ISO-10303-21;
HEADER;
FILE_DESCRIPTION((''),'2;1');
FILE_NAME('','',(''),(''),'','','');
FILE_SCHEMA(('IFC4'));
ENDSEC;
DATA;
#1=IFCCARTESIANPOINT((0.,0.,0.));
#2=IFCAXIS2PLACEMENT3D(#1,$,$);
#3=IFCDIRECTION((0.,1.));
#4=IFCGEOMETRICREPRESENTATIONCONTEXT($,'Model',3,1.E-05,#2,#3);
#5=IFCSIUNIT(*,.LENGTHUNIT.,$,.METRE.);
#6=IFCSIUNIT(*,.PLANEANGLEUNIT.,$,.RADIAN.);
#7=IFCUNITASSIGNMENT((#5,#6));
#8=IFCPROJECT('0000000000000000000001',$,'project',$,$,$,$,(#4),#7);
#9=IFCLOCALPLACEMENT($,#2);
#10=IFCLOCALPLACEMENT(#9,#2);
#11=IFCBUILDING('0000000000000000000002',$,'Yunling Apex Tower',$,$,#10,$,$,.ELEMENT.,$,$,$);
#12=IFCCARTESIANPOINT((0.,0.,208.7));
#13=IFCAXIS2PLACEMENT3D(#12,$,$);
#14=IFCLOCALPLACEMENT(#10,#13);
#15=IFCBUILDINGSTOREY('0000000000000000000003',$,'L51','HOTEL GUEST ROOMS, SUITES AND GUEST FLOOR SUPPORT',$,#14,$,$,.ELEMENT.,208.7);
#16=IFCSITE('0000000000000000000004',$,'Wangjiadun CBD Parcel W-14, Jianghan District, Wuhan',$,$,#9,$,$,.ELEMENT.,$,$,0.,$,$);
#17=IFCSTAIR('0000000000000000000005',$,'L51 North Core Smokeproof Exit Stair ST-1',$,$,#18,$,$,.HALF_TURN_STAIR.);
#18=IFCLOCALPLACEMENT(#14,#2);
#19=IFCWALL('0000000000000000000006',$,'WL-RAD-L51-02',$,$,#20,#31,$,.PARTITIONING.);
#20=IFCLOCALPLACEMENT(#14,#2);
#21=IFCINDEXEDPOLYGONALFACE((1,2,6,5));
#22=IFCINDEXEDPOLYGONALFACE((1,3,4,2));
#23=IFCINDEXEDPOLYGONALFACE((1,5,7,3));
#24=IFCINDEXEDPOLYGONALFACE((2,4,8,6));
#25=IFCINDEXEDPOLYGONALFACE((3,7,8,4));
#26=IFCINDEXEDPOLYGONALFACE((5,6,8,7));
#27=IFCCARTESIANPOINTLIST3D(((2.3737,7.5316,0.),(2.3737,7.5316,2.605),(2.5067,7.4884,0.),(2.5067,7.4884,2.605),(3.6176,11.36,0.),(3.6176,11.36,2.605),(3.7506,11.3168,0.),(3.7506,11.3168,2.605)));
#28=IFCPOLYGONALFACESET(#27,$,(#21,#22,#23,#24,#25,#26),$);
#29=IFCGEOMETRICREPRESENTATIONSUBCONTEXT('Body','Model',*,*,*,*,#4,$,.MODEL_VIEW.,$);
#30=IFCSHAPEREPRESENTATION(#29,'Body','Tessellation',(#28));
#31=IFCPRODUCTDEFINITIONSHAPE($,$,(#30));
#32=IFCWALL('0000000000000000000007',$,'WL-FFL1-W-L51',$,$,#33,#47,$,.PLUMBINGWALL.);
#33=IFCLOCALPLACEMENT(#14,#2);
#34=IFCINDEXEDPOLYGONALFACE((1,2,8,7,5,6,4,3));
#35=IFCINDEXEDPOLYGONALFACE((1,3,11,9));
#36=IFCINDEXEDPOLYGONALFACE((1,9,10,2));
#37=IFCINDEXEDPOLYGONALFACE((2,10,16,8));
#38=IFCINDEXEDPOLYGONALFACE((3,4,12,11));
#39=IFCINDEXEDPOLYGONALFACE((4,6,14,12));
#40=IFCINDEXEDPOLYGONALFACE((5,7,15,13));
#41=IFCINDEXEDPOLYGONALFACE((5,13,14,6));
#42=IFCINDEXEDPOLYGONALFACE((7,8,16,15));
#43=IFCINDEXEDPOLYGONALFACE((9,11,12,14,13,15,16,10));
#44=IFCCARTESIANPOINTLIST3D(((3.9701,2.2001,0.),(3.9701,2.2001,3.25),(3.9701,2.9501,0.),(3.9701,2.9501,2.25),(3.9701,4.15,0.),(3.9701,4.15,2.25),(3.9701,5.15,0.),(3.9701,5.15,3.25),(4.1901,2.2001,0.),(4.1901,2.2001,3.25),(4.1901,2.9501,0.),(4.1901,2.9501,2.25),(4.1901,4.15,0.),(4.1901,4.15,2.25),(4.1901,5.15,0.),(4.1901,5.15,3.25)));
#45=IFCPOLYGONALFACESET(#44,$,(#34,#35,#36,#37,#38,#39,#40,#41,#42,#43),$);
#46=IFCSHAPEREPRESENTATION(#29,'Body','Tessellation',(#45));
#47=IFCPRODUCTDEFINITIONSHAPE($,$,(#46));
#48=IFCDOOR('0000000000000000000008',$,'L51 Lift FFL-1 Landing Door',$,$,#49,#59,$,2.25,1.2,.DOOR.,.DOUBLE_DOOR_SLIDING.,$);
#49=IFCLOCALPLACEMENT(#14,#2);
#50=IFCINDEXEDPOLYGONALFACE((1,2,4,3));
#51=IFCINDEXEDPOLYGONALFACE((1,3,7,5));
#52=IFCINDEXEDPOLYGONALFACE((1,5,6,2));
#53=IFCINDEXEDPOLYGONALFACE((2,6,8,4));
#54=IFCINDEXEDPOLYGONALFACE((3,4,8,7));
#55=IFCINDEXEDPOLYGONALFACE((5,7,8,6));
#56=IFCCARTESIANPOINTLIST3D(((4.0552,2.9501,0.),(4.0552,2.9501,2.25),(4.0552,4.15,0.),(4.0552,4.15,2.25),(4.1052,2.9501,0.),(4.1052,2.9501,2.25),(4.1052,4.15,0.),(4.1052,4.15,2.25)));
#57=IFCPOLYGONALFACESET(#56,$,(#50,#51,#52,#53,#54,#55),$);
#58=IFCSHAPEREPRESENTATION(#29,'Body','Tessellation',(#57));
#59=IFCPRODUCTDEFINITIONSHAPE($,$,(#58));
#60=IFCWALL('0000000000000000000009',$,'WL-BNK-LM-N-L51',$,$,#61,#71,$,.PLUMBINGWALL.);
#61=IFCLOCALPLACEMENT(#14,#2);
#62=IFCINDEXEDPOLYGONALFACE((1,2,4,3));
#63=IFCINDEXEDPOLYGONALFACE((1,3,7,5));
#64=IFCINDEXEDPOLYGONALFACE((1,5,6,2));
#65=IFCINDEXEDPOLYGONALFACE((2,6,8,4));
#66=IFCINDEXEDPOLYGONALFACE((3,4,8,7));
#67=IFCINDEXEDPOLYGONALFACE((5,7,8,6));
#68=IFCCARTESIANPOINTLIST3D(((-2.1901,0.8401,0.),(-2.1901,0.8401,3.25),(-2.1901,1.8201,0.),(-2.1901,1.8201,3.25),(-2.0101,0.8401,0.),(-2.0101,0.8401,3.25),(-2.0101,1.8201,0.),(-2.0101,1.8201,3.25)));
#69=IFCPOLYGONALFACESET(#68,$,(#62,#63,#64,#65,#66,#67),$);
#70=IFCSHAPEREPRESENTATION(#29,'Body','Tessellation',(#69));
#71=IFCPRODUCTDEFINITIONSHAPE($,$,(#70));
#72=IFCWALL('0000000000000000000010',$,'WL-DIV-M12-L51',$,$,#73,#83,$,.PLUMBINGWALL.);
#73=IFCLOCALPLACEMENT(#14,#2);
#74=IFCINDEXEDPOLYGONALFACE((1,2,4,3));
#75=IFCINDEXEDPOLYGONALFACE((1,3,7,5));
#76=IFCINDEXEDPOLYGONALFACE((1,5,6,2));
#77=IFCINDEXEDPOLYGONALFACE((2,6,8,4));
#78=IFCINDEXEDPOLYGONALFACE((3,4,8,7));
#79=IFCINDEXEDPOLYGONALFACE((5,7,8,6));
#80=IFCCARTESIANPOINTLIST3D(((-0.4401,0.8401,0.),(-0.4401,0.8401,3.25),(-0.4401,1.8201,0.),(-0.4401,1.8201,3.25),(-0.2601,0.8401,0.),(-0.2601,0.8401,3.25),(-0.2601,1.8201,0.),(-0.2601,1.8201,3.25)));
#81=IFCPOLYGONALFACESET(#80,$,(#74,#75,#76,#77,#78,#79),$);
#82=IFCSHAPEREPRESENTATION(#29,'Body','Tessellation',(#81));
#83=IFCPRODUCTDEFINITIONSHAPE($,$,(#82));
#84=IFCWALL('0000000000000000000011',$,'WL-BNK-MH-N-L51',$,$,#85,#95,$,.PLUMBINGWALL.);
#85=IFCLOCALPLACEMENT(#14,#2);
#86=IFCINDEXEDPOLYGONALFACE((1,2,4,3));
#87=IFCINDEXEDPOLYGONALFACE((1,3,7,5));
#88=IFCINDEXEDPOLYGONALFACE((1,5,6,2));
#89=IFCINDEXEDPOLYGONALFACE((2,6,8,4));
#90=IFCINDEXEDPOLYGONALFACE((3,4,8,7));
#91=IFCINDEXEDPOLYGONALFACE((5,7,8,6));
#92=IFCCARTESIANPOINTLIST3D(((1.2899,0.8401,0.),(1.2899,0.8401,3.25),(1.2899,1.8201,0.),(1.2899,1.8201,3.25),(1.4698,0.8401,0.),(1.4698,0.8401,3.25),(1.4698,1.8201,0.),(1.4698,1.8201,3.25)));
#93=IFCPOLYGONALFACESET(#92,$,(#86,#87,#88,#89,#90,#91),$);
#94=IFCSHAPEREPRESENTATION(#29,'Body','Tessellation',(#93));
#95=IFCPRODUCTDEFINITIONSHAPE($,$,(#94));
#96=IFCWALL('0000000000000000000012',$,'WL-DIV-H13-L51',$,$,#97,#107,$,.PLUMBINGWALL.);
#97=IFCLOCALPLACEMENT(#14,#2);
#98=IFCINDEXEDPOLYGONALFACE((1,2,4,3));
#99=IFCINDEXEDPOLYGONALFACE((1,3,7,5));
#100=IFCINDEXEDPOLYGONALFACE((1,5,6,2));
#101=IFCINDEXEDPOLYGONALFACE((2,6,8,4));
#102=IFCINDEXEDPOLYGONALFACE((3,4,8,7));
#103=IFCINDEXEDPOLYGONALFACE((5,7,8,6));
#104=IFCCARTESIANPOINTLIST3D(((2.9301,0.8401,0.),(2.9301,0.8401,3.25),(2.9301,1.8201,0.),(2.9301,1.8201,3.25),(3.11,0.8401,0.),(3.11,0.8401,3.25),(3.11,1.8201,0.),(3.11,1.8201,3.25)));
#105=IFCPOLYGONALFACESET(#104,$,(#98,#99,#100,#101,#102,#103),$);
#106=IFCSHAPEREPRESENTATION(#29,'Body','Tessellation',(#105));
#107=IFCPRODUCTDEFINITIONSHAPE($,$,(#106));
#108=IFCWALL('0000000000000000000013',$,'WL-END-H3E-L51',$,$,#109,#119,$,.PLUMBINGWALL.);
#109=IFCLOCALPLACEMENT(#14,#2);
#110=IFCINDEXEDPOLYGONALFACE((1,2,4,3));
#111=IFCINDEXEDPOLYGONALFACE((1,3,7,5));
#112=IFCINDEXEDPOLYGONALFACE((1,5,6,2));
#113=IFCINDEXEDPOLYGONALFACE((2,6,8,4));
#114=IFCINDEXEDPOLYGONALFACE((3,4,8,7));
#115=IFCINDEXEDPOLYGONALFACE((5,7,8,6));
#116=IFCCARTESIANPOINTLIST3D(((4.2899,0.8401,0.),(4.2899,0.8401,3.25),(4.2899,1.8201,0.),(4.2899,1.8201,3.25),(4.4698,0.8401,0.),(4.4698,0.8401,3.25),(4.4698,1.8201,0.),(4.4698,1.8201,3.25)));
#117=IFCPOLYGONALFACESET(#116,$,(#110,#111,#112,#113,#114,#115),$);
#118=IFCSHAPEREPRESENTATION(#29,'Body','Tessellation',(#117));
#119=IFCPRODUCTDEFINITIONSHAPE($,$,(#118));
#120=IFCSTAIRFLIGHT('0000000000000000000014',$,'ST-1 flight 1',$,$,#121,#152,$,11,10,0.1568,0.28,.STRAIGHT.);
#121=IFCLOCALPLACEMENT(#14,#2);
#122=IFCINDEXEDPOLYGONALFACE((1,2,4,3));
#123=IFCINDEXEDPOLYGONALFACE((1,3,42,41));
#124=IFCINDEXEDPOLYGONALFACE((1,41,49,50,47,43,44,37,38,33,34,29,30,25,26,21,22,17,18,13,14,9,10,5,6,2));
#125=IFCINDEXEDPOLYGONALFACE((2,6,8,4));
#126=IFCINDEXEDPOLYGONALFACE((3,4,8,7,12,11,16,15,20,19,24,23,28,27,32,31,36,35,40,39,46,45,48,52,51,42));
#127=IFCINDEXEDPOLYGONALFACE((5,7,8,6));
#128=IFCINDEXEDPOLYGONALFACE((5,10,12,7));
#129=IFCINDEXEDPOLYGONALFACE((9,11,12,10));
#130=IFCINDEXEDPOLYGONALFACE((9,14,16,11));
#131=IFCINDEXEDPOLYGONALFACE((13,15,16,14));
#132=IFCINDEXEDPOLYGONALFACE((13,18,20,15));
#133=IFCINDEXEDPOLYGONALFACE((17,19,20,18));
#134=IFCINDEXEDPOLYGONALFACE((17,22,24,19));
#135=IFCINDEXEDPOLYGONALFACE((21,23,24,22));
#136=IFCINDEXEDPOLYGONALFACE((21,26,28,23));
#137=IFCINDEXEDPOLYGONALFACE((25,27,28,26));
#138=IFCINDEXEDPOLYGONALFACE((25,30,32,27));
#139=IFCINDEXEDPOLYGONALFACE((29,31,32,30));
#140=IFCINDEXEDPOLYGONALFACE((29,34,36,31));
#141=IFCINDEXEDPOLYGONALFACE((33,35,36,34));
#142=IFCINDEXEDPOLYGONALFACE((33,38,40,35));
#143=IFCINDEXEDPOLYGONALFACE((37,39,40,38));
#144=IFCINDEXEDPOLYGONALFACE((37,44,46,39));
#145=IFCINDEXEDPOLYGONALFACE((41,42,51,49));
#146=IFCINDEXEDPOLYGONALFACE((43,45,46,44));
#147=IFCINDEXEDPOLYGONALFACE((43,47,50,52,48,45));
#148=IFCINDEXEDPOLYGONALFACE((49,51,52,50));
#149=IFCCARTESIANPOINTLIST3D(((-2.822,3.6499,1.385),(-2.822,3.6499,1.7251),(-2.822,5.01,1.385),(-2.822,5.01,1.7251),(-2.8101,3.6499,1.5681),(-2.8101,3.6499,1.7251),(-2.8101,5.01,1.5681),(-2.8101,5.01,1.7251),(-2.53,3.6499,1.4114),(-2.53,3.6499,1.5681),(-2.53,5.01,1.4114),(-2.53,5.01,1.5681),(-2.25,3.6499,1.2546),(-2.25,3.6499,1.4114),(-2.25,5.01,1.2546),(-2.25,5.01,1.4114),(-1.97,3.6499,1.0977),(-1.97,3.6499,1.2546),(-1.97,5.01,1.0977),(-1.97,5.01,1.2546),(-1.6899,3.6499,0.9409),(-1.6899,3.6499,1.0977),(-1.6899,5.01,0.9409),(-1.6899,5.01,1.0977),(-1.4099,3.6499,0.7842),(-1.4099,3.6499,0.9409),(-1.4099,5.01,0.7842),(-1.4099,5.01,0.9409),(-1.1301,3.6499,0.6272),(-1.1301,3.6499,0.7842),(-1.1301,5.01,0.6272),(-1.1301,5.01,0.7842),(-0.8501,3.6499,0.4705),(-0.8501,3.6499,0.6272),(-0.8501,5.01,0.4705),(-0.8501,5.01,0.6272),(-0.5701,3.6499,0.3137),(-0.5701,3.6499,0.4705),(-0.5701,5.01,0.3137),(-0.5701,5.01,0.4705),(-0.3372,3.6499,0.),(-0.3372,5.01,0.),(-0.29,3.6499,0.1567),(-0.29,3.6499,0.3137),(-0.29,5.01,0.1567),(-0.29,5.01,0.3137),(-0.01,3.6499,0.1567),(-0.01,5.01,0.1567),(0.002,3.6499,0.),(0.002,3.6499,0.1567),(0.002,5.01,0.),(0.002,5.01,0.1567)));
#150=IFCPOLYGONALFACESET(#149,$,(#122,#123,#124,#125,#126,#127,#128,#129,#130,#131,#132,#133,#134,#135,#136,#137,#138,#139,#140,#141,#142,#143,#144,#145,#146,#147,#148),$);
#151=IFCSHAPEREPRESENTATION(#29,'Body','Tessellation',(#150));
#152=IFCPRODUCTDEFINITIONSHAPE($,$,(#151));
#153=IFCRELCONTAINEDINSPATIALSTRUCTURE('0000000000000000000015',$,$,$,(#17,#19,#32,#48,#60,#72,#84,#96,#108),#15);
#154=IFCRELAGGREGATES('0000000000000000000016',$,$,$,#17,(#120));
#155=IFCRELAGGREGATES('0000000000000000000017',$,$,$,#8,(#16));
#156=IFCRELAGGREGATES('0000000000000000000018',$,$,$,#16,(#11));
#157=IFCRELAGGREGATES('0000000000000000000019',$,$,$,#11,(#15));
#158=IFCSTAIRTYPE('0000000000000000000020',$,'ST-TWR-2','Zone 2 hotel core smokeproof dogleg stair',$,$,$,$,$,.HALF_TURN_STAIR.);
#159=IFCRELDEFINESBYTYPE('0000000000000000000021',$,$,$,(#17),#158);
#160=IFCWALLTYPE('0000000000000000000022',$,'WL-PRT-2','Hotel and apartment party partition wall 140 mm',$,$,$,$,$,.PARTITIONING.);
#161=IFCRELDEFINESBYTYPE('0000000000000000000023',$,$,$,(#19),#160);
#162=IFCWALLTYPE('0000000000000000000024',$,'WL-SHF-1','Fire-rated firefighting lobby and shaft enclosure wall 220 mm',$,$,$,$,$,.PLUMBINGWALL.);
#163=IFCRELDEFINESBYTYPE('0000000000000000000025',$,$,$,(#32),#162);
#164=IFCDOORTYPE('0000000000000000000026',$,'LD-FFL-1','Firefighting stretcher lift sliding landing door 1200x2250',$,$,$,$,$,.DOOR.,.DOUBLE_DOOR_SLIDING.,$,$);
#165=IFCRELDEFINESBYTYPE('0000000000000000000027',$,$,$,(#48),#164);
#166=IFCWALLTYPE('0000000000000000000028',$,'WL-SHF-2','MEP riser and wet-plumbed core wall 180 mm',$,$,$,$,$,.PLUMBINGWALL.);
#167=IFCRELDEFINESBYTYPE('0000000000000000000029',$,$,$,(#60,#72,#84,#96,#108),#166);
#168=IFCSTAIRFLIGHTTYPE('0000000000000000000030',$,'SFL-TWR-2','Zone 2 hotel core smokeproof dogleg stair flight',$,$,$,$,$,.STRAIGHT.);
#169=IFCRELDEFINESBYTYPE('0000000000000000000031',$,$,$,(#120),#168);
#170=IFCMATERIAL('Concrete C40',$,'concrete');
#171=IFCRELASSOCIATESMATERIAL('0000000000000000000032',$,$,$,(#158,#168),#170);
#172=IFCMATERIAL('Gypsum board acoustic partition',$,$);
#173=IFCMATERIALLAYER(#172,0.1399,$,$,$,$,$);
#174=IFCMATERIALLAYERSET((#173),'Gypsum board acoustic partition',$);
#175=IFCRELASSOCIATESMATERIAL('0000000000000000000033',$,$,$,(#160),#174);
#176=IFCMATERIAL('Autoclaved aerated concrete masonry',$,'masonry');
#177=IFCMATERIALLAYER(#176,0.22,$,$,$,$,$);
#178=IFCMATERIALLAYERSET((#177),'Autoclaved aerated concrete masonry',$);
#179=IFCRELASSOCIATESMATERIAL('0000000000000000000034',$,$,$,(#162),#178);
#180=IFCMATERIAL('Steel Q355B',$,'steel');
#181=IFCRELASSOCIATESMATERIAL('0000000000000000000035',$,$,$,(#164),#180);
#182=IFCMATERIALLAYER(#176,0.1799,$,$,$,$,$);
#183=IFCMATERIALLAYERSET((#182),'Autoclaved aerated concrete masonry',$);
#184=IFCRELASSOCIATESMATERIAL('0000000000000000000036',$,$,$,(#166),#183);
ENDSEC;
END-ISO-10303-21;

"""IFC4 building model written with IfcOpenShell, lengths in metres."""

from ifc_helpers import new_model, si_unit, direction, frame, frame_2d, origin, place, context, subcontext, project, spatial, polyline, rectangle, outline, extrude, material, layer, layer_set, type_object, element, fill, aggregate, save


model = new_model("IFC4")

# Units and contexts
model_context = context("Model", 3, precision=1e-05, world=origin(), true_north=direction((0.0, 1.0)))
body_context = subcontext(model_context, "Body", "Model", "MODEL_VIEW")
ifc_project = project(units=[si_unit("LENGTHUNIT", "METRE"), si_unit("PLANEANGLEUNIT", "RADIAN")], contexts=[model_context])

# Site, building, storey
site_placement = place(None, origin())
site = spatial("IfcSite", under=ifc_project, at=site_placement, Name="Wangjiadun CBD Parcel W-14, Jianghan District, Wuhan", CompositionType="ELEMENT", RefElevation=0.0)
building_placement = place(site_placement, origin())
building = spatial("IfcBuilding", under=site, at=building_placement, Name="Yunling Apex Tower", CompositionType="ELEMENT")
storey_placement = place(building_placement, frame((0.0, 0.0, 208.7)))
storey = spatial("IfcBuildingStorey", under=building, at=storey_placement, Name="L51", Description="HOTEL GUEST ROOMS, SUITES AND GUEST FLOOR SUPPORT", CompositionType="ELEMENT", Elevation=208.7)

# Shared definitions
ifc_material_1 = material(Name="Steel Q355B", Category="steel")

# Shared definitions
ifc_material_2 = material(Name="Concrete C40", Category="concrete")

# Stair
stair_type = type_object("IfcStairType", Name="ST-TWR-2", Description="Zone 2 hotel core smokeproof dogleg stair", PredefinedType="HALF_TURN_STAIR", material=ifc_material_2)
stair_1_placement = place(storey_placement, origin())
stair_1 = element("IfcStair", 1, at=stair_1_placement, inside=storey, type_object=stair_type, Name="L51 North Core Smokeproof Exit Stair ST-1", PredefinedType="HALF_TURN_STAIR")

# Wall
ifc_material_3 = material(Name="Gypsum board acoustic partition")
ifc_layer_1 = layer(ifc_material_3, 0.1399)
ifc_layer_set_1 = layer_set([ifc_layer_1], Name="Gypsum board acoustic partition")
wall_type_1 = type_object("IfcWallType", Name="WL-PRT-2", Description="Hotel and apartment party partition wall 140 mm", PredefinedType="PARTITIONING", material=ifc_layer_set_1)
wall_1_placement = place(storey_placement, frame((2.4402, 7.51, 0.0), z_axis=(0.0, 0.0, 1.0), x_axis=(0.309013, 0.951058, 0.0)))
element("IfcWall", 2, at=wall_1_placement, inside=storey, type_object=wall_type_1, Name="WL-RAD-L51-02", PredefinedType="PARTITIONING", context=body_context, shape_type="SweptSolid", body=[
    extrude(rectangle(XDim=4.0254, YDim=0.1399, at=frame_2d((2.0127, 0.0))), origin(), (0.0, 0.0, 1.0), 2.605),
])

# Wall, opening, door
ifc_material_4 = material(Name="Autoclaved aerated concrete masonry", Category="masonry")
ifc_layer_2 = layer(ifc_material_4, 0.22)
ifc_layer_set_2 = layer_set([ifc_layer_2], Name="Autoclaved aerated concrete masonry")
wall_type_2 = type_object("IfcWallType", Name="WL-SHF-1", Description="Fire-rated firefighting lobby and shaft enclosure wall 220 mm", PredefinedType="PLUMBINGWALL", material=ifc_layer_set_2)
wall_2_placement = place(storey_placement, frame((4.0801, 2.2, 0.0), z_axis=(0.0, 0.0, 1.0), x_axis=(0.0, 1.0, 0.0)))
wall_2 = element("IfcWall", 3, at=wall_2_placement, inside=storey, type_object=wall_type_2, Name="WL-FFL1-W-L51", PredefinedType="PLUMBINGWALL", context=body_context, shape_type="SweptSolid", body=[
    extrude(rectangle(XDim=2.95, YDim=0.22, at=frame_2d((1.4751, 0.0))), origin(), (0.0, 0.0, 1.0), 3.25),
])
opening_1_placement = place(wall_2_placement, frame((0.75, 0.0, 0.0)))
opening_1 = element("IfcOpeningElement", 4, at=opening_1_placement, cuts=wall_2, PredefinedType="OPENING", context=body_context, shape_type="SweptSolid", body=[
    extrude(rectangle(XDim=1.2, YDim=2.25, at=frame_2d((0.6001, 1.125))), frame((0.0, 0.1201, 0.0), z_axis=(0.0, -1.0, 0.0), x_axis=(1.0, 0.0, 0.0)), (0.0, 0.0, 1.0), 0.24),
])
door_type_1 = type_object("IfcDoorType", Name="LD-FFL-1", Description="Firefighting stretcher lift sliding landing door 1200x2250", OperationType="DOUBLE_DOOR_SLIDING", PredefinedType="DOOR", material=ifc_material_1)
door_1_placement = place(opening_1_placement, origin())
door_1 = element("IfcDoor", 5, at=door_1_placement, inside=storey, type_object=door_type_1, Name="L51 Lift FFL-1 Landing Door", OperationType="DOUBLE_DOOR_SLIDING", OverallHeight=2.25, OverallWidth=1.2, PredefinedType="DOOR", context=body_context, shape_type="SweptSolid", body=[
    extrude(rectangle(XDim=1.2, YDim=2.25, at=frame_2d((0.6001, 1.125))), frame((0.0, 0.0249, 0.0), z_axis=(0.0, -1.0, 0.0), x_axis=(1.0, 0.0, 0.0)), (0.0, 0.0, 1.0), 0.05),
])
fill(opening_1, door_1)

# Walls
ifc_layer_3 = layer(ifc_material_4, 0.1799)
ifc_layer_set_3 = layer_set([ifc_layer_3], Name="Autoclaved aerated concrete masonry")
wall_type_3 = type_object("IfcWallType", Name="WL-SHF-2", Description="MEP riser and wet-plumbed core wall 180 mm", PredefinedType="PLUMBINGWALL", material=ifc_layer_set_3)
for number, where, z_axis, x_axis, name in (
    (6, (-2.1001, 0.8401, 0.0), (0.0, 0.0, 1.0), (0.0, 1.0, 0.0), "WL-BNK-LM-N-L51"),
    (7, (-0.3501, 0.8401, 0.0), (0.0, 0.0, 1.0), (0.0, 1.0, 0.0), "WL-DIV-M12-L51"),
    (8, (1.3799, 0.8401, 0.0), (0.0, 0.0, 1.0), (0.0, 1.0, 0.0), "WL-BNK-MH-N-L51"),
    (9, (3.02, 0.8401, 0.0), (0.0, 0.0, 1.0), (0.0, 1.0, 0.0), "WL-DIV-H13-L51"),
    (10, (4.3799, 0.8401, 0.0), (0.0, 0.0, 1.0), (0.0, 1.0, 0.0), "WL-END-H3E-L51"),
):
    element("IfcWall", number, at=place(storey_placement, frame(where, z_axis=z_axis, x_axis=x_axis)), inside=storey, type_object=wall_type_3, Name=name, PredefinedType="PLUMBINGWALL", context=body_context, shape_type="SweptSolid", body=[
        extrude(rectangle(XDim=0.98, YDim=0.1799, at=frame_2d((0.49, 0.0))), origin(), (0.0, 0.0, 1.0), 3.25),
    ])

# Stair flight
stair_flight_type = type_object("IfcStairFlightType", Name="SFL-TWR-2", Description="Zone 2 hotel core smokeproof dogleg stair flight", PredefinedType="STRAIGHT", material=ifc_material_2)
stair_flight_placement = place(storey_placement, frame((-0.01, 4.3301, 0.0), z_axis=(0.0, 0.0, 1.0), x_axis=(-1.0, 0.0, 0.0)))
stair_flight = element("IfcStairFlight", 11, at=stair_flight_placement, type_object=stair_flight_type, Name="ST-1 flight 1", NumberOfRisers=11, NumberOfTreads=10, PredefinedType="STRAIGHT", RiserHeight=0.1568, TreadLength=0.28, context=body_context, shape_type="SweptSolid", body=[
    extrude(outline(polyline([(-0.012, 0.0), (-0.012, 0.1567), (0.0, 0.1567), (0.28, 0.1567), (0.28, 0.3137), (0.5601, 0.3137), (0.5601, 0.4705), (0.8401, 0.4705), (0.8401, 0.6272), (1.1201, 0.6272), (1.1201, 0.7842), (1.3999, 0.7842), (1.3999, 0.9409), (1.6799, 0.9409), (1.6799, 1.0977), (1.96, 1.0977), (1.96, 1.2546), (2.24, 1.2546), (2.24, 1.4114), (2.52, 1.4114), (2.52, 1.5681), (2.8, 1.5681), (2.8, 1.7251), (2.812, 1.7251), (2.812, 1.385), (0.3271, 0.0), (-0.012, 0.0)])), frame((0.0, 0.6802, 0.0), z_axis=(0.0, -1.0, 0.0), x_axis=(1.0, 0.0, 0.0)), (0.0, 0.0, 1.0), 1.3601),
])
aggregate(stair_1, [stair_flight])

save(model, "model.ifc")
